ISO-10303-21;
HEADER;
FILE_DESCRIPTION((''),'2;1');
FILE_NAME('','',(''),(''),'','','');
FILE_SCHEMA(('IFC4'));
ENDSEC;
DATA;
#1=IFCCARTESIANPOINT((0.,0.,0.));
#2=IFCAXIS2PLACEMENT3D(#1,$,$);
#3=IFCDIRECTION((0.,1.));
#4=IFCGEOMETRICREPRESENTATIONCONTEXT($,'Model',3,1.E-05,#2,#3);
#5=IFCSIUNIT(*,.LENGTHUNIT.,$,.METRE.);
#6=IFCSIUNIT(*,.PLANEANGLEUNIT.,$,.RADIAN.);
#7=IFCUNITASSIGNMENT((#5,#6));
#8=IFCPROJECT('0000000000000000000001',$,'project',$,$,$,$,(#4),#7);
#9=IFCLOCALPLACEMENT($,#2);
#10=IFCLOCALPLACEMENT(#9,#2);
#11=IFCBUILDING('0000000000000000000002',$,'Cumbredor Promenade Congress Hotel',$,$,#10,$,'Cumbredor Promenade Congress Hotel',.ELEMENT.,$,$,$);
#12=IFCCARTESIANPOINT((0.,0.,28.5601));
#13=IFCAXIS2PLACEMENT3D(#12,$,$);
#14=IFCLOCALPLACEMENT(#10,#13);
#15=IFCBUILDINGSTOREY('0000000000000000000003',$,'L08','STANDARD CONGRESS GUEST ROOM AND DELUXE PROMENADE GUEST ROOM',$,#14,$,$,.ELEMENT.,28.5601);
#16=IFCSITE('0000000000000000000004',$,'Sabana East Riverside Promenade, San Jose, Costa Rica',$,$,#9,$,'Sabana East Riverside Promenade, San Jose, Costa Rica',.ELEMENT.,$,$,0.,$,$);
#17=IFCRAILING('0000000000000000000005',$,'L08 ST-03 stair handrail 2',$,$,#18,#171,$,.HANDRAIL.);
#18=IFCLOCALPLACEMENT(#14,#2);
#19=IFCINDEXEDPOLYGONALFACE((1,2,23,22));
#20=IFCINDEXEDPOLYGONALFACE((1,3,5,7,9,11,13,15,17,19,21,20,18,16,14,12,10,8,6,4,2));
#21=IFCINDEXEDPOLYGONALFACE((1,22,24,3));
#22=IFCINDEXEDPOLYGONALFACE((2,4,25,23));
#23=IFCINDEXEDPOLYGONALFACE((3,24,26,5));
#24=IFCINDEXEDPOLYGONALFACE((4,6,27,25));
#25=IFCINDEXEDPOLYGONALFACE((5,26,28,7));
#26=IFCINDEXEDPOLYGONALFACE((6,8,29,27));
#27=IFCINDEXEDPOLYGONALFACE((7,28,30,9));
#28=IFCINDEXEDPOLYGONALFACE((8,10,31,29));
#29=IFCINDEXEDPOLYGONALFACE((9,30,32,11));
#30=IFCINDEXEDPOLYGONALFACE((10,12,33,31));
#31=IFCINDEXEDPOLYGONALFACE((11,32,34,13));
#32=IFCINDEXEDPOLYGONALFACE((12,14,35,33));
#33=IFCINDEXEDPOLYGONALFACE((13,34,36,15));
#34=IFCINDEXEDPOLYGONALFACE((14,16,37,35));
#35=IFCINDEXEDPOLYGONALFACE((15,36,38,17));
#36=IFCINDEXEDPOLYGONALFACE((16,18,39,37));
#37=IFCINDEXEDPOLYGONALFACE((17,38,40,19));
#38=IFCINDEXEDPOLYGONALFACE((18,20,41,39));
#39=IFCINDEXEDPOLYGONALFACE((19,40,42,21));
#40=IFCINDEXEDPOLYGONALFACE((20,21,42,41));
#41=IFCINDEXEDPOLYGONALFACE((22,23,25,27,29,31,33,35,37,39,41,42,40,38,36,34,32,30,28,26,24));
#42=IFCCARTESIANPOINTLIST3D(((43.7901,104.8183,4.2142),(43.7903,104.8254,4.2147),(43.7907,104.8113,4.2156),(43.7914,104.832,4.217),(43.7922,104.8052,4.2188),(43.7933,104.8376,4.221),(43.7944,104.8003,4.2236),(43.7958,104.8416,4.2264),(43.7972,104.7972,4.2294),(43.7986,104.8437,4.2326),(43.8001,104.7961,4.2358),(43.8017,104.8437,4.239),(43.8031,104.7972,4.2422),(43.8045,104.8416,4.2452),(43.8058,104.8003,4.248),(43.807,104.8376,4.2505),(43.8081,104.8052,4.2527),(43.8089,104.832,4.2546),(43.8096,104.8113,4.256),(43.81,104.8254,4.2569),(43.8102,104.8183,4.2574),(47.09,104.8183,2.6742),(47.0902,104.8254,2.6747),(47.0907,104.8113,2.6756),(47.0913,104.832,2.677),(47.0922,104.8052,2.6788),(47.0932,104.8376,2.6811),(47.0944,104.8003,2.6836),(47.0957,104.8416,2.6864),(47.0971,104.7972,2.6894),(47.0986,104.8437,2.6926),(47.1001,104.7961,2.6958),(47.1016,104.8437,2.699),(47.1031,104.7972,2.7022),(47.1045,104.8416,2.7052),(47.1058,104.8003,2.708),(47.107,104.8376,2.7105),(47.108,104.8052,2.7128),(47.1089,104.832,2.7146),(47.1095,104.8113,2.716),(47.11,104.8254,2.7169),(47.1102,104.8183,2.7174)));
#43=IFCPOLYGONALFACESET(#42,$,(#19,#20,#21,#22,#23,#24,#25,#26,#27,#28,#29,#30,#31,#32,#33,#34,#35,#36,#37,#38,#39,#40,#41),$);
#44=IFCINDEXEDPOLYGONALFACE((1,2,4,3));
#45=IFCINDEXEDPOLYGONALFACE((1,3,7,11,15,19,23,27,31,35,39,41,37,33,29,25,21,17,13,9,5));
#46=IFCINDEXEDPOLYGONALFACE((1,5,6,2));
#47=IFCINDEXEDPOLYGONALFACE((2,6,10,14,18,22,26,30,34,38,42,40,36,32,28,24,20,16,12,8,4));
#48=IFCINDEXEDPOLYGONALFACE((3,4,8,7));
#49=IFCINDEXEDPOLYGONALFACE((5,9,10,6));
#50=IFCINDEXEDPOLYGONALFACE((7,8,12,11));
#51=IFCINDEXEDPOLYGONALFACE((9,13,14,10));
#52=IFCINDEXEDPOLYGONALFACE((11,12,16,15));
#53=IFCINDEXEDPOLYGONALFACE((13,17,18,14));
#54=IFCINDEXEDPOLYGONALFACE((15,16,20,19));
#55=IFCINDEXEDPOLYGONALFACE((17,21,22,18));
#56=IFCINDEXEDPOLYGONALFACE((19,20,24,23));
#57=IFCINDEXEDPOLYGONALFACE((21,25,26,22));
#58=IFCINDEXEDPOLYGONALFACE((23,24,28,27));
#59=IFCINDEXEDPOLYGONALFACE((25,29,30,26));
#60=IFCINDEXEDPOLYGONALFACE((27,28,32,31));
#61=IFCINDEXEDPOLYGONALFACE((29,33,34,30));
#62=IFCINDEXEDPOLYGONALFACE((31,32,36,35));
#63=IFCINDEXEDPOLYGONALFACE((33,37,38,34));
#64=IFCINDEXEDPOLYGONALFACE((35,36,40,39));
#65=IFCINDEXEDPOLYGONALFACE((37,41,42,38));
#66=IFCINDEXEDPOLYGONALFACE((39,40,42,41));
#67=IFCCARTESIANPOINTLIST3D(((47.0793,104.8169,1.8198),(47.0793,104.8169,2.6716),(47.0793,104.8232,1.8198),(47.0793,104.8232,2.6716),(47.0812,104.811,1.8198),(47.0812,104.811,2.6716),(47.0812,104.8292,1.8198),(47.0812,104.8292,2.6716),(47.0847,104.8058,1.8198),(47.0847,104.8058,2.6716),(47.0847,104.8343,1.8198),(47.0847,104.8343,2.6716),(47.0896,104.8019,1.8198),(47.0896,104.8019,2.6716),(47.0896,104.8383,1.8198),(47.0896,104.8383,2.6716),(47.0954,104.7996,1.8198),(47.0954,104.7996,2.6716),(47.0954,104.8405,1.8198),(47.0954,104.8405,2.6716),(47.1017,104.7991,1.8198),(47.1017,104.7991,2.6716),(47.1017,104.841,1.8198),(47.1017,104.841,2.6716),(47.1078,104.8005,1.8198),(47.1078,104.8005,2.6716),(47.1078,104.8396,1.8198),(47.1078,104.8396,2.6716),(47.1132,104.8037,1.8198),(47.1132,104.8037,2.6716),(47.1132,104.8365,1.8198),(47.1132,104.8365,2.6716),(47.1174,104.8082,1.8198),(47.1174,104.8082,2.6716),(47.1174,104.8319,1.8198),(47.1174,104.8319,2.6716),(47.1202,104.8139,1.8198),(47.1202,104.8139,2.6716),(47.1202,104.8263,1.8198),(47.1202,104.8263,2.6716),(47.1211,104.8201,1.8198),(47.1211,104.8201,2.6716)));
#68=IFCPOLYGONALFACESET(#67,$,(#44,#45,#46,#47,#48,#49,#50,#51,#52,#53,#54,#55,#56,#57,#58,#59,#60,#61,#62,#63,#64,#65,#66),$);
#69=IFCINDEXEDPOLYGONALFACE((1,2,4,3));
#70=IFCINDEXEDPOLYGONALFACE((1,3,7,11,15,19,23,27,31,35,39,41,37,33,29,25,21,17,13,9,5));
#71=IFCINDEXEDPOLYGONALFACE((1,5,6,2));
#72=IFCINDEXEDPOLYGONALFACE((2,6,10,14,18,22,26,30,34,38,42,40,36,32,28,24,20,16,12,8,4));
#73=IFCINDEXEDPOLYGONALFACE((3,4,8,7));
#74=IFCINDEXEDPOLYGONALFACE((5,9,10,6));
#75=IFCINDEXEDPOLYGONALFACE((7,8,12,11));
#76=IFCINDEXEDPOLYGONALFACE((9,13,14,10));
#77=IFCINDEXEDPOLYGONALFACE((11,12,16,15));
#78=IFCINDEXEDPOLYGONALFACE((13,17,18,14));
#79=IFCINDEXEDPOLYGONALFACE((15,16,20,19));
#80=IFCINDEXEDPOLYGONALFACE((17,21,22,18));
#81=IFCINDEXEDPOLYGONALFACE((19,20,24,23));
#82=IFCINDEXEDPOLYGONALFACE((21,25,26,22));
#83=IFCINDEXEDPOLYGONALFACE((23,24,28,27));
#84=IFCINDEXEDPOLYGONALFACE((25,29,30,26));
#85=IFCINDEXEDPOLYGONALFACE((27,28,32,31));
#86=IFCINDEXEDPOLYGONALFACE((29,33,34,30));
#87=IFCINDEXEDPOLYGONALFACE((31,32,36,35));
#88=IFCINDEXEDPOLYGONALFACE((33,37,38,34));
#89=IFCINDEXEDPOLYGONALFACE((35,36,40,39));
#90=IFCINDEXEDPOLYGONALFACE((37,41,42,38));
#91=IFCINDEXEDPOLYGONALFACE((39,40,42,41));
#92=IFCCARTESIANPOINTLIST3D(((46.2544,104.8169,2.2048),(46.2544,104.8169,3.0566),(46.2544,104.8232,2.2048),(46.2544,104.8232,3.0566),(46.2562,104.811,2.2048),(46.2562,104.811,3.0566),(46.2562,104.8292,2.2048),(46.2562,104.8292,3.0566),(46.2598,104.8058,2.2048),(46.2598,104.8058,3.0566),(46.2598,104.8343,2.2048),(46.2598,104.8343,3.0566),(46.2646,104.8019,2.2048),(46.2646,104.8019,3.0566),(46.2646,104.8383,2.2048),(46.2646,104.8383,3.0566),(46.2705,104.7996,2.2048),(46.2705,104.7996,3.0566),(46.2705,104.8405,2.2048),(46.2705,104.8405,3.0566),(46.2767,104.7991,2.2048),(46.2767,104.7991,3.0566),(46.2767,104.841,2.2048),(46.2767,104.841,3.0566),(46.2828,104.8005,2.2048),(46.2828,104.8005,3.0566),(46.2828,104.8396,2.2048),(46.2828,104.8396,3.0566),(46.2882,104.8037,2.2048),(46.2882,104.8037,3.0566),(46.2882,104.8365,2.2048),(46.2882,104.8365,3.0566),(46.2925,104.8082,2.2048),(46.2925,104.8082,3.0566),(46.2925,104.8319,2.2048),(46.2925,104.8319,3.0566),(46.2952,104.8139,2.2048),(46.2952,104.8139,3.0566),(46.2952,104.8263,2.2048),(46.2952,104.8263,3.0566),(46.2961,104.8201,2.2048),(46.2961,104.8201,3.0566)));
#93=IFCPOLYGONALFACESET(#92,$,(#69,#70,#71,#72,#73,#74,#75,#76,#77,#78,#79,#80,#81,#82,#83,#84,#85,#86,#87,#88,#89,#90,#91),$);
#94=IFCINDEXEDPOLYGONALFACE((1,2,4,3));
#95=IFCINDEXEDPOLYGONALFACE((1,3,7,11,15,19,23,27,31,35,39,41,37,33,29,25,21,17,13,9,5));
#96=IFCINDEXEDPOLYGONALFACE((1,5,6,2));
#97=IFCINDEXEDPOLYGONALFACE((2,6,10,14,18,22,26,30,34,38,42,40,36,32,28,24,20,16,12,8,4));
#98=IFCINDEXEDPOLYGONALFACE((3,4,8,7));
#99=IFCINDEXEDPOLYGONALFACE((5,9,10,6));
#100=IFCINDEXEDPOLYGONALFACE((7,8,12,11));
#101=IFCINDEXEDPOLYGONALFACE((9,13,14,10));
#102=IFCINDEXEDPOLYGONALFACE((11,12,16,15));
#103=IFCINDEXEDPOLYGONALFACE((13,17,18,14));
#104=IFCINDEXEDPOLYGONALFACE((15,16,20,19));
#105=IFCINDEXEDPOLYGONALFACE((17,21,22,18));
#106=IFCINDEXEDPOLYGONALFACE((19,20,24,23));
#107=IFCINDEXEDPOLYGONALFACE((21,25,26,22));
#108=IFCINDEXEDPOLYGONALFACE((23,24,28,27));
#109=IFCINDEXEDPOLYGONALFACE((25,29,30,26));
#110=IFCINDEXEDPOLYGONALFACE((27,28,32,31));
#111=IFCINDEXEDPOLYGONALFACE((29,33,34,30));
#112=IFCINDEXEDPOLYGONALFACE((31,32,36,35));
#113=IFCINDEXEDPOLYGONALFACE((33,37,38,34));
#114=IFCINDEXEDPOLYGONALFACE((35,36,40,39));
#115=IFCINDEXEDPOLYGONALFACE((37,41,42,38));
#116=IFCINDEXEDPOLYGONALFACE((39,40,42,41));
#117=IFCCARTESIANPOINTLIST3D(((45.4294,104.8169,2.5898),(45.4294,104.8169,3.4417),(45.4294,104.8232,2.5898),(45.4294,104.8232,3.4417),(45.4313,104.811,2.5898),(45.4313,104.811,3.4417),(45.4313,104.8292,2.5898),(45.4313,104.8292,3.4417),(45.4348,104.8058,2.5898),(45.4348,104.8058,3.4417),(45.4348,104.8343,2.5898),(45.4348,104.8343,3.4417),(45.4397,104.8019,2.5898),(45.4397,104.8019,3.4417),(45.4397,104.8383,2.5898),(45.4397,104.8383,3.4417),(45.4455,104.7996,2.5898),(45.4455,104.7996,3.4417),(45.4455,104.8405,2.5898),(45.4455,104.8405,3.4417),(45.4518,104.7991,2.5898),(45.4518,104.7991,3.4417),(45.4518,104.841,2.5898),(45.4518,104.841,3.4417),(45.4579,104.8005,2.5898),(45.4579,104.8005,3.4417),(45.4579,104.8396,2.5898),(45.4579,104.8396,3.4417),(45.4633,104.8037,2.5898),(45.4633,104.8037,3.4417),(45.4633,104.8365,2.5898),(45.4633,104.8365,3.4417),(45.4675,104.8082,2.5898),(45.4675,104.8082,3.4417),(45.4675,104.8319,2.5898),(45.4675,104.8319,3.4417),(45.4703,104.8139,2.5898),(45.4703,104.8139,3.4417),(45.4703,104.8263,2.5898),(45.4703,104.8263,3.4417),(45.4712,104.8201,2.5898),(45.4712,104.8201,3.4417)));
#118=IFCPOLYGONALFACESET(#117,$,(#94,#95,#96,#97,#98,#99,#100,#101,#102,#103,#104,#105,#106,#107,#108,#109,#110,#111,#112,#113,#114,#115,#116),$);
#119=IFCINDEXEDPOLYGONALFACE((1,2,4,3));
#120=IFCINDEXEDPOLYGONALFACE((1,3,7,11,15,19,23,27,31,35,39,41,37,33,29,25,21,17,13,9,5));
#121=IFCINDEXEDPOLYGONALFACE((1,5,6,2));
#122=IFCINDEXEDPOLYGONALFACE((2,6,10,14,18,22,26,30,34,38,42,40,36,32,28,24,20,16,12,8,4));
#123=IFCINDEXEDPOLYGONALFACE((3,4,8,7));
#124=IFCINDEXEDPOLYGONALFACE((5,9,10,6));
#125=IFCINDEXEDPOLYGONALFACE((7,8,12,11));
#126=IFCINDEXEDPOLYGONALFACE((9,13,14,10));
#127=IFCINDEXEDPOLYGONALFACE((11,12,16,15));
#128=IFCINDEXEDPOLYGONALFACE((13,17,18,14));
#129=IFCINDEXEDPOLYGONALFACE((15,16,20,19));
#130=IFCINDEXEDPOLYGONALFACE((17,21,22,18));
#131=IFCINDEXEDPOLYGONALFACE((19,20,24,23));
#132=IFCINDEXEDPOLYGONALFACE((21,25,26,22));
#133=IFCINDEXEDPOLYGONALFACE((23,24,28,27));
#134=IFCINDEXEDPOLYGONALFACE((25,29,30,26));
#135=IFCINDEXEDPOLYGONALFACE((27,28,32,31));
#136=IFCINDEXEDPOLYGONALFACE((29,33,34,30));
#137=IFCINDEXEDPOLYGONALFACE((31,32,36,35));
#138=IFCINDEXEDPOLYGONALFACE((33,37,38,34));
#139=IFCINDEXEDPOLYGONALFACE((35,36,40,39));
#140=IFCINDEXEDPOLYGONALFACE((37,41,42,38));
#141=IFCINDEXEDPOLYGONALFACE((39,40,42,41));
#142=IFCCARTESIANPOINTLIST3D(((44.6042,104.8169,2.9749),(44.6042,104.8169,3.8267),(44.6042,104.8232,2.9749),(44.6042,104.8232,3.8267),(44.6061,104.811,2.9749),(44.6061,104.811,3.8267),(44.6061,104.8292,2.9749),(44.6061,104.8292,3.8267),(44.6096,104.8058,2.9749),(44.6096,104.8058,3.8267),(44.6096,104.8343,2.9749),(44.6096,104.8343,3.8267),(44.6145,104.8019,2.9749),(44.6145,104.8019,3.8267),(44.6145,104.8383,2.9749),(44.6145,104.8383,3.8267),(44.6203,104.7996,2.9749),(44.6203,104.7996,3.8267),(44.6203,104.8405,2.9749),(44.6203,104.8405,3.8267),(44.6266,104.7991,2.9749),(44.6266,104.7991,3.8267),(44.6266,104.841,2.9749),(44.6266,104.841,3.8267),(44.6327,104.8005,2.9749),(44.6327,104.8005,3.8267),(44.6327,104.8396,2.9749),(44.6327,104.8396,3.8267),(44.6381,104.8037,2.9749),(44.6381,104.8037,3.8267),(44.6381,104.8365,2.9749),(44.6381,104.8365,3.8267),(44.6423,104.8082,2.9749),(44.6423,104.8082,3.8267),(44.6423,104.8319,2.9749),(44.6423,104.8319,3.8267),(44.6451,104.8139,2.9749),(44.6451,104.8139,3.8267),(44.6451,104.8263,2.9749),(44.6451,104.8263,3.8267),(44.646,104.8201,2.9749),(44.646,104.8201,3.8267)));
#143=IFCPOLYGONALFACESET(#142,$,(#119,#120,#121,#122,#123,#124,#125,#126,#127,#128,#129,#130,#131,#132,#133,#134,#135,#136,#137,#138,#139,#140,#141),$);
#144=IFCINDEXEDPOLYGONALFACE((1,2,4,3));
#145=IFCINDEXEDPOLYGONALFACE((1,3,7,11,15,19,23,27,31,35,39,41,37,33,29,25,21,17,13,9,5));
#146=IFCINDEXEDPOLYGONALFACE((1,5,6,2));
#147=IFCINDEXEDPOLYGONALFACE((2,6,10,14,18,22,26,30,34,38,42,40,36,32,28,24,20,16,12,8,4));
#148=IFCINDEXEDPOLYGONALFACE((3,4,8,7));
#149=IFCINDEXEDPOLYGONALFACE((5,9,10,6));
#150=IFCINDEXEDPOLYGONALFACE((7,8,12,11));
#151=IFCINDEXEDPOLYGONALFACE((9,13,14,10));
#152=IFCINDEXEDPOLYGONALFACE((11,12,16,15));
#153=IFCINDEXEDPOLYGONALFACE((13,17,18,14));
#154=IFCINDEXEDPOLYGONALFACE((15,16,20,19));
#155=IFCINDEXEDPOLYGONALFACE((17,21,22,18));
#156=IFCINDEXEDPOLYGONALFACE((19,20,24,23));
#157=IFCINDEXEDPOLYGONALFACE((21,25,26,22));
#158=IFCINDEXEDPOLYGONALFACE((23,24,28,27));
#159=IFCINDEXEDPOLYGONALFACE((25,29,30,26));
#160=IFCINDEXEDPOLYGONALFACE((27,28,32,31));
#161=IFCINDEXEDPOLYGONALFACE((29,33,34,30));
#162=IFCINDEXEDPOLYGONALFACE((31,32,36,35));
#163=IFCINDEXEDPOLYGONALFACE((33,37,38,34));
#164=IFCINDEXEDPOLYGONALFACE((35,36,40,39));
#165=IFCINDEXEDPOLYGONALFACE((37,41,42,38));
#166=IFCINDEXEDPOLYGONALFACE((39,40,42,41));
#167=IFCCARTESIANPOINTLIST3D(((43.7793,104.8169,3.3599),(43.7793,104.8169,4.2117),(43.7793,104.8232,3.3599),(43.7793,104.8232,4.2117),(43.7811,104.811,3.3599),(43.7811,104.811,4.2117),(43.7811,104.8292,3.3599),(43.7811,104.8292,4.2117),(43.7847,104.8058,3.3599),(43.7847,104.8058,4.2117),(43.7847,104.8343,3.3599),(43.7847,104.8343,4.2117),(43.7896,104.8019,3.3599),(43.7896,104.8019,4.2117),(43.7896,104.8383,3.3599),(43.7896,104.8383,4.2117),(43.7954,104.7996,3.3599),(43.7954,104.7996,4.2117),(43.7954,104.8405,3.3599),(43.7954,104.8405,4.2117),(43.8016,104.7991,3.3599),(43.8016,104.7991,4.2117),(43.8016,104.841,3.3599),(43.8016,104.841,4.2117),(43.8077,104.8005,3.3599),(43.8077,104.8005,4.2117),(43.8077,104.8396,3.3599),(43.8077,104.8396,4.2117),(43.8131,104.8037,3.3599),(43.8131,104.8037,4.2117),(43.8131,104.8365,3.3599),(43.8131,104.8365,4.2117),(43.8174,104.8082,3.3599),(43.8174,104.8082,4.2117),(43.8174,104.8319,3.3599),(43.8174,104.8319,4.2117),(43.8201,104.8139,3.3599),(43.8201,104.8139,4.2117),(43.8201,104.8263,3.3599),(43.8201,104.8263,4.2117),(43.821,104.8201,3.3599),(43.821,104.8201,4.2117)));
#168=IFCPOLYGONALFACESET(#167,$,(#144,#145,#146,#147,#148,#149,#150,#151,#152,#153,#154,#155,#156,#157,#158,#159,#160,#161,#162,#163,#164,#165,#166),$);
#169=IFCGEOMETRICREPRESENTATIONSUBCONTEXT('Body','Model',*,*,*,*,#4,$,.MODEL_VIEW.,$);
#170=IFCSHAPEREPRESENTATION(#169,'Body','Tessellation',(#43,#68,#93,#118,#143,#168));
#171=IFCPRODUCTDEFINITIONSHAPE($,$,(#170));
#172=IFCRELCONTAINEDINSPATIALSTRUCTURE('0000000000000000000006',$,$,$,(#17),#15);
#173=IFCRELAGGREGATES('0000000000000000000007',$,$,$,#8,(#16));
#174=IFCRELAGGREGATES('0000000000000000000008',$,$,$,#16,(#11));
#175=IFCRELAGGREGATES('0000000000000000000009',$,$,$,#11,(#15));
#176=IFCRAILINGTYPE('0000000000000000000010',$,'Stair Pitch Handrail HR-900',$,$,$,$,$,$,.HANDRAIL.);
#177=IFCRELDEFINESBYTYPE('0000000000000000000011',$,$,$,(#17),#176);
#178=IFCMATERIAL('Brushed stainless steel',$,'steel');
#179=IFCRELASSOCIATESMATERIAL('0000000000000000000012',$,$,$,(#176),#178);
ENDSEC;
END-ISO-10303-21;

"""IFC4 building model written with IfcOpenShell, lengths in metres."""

from ifc_helpers import new_model, si_unit, direction, frame, origin, origin_2d, place, context, subcontext, project, spatial, circle, extrude, material, type_object, element, save


model = new_model("IFC4")

# Units and contexts
model_context = context("Model", 3, precision=1e-05, world=origin(), true_north=direction((0.0, 1.0)))
body_context = subcontext(model_context, "Body", "Model", "MODEL_VIEW")
ifc_project = project(units=[si_unit("LENGTHUNIT", "METRE"), si_unit("PLANEANGLEUNIT", "RADIAN")], contexts=[model_context])

# Site, building, storey
site_placement = place(None, origin())
site = spatial("IfcSite", under=ifc_project, at=site_placement, Name="Sabana East Riverside Promenade, San Jose, Costa Rica", LongName="Sabana East Riverside Promenade, San Jose, Costa Rica", CompositionType="ELEMENT", RefElevation=0.0)
building_placement = place(site_placement, origin())
building = spatial("IfcBuilding", under=site, at=building_placement, Name="Cumbredor Promenade Congress Hotel", LongName="Cumbredor Promenade Congress Hotel", CompositionType="ELEMENT")
storey_placement = place(building_placement, frame((0.0, 0.0, 28.5601)))
storey = spatial("IfcBuildingStorey", under=building, at=storey_placement, Name="L08", Description="STANDARD CONGRESS GUEST ROOM AND DELUXE PROMENADE GUEST ROOM", CompositionType="ELEMENT", Elevation=28.5601)

# Railing
ifc_material_1 = material(Name="Brushed stainless steel", Category="steel")
railing_type_1 = type_object("IfcRailingType", Name="Stair Pitch Handrail HR-900", PredefinedType="HANDRAIL", material=ifc_material_1)
railing_1_placement = place(storey_placement, frame((47.1001, 104.8201, 1.8198)))
element("IfcRailing", 1, at=railing_1_placement, inside=storey, type_object=railing_type_1, Name="L08 ST-03 stair handrail 2", PredefinedType="HANDRAIL", context=body_context, shape_type="SweptSolid", body=[
    extrude(circle(Radius=0.0239, at=origin_2d()), frame((0.0, 0.0, 0.876), z_axis=(-0.906181, 0.0, 0.422889), x_axis=(0.0, -1.0, 0.0)), (0.0, 0.0, 1.0), 3.6416),
    extrude(circle(Radius=0.021, at=origin_2d()), origin(), (0.0, 0.0, 1.0), 0.8518),
    extrude(circle(Radius=0.021, at=origin_2d()), frame((-0.825, 0.0, 0.385)), (0.0, 0.0, 1.0), 0.8518),
    extrude(circle(Radius=0.021, at=origin_2d()), frame((-1.6499, 0.0, 0.77)), (0.0, 0.0, 1.0), 0.8518),
    extrude(circle(Radius=0.021, at=origin_2d()), frame((-2.4751, 0.0, 1.155)), (0.0, 0.0, 1.0), 0.8518),
    extrude(circle(Radius=0.021, at=origin_2d()), frame((-3.3, 0.0, 1.54)), (0.0, 0.0, 1.0), 0.8518),
])

save(model, "model.ifc")
